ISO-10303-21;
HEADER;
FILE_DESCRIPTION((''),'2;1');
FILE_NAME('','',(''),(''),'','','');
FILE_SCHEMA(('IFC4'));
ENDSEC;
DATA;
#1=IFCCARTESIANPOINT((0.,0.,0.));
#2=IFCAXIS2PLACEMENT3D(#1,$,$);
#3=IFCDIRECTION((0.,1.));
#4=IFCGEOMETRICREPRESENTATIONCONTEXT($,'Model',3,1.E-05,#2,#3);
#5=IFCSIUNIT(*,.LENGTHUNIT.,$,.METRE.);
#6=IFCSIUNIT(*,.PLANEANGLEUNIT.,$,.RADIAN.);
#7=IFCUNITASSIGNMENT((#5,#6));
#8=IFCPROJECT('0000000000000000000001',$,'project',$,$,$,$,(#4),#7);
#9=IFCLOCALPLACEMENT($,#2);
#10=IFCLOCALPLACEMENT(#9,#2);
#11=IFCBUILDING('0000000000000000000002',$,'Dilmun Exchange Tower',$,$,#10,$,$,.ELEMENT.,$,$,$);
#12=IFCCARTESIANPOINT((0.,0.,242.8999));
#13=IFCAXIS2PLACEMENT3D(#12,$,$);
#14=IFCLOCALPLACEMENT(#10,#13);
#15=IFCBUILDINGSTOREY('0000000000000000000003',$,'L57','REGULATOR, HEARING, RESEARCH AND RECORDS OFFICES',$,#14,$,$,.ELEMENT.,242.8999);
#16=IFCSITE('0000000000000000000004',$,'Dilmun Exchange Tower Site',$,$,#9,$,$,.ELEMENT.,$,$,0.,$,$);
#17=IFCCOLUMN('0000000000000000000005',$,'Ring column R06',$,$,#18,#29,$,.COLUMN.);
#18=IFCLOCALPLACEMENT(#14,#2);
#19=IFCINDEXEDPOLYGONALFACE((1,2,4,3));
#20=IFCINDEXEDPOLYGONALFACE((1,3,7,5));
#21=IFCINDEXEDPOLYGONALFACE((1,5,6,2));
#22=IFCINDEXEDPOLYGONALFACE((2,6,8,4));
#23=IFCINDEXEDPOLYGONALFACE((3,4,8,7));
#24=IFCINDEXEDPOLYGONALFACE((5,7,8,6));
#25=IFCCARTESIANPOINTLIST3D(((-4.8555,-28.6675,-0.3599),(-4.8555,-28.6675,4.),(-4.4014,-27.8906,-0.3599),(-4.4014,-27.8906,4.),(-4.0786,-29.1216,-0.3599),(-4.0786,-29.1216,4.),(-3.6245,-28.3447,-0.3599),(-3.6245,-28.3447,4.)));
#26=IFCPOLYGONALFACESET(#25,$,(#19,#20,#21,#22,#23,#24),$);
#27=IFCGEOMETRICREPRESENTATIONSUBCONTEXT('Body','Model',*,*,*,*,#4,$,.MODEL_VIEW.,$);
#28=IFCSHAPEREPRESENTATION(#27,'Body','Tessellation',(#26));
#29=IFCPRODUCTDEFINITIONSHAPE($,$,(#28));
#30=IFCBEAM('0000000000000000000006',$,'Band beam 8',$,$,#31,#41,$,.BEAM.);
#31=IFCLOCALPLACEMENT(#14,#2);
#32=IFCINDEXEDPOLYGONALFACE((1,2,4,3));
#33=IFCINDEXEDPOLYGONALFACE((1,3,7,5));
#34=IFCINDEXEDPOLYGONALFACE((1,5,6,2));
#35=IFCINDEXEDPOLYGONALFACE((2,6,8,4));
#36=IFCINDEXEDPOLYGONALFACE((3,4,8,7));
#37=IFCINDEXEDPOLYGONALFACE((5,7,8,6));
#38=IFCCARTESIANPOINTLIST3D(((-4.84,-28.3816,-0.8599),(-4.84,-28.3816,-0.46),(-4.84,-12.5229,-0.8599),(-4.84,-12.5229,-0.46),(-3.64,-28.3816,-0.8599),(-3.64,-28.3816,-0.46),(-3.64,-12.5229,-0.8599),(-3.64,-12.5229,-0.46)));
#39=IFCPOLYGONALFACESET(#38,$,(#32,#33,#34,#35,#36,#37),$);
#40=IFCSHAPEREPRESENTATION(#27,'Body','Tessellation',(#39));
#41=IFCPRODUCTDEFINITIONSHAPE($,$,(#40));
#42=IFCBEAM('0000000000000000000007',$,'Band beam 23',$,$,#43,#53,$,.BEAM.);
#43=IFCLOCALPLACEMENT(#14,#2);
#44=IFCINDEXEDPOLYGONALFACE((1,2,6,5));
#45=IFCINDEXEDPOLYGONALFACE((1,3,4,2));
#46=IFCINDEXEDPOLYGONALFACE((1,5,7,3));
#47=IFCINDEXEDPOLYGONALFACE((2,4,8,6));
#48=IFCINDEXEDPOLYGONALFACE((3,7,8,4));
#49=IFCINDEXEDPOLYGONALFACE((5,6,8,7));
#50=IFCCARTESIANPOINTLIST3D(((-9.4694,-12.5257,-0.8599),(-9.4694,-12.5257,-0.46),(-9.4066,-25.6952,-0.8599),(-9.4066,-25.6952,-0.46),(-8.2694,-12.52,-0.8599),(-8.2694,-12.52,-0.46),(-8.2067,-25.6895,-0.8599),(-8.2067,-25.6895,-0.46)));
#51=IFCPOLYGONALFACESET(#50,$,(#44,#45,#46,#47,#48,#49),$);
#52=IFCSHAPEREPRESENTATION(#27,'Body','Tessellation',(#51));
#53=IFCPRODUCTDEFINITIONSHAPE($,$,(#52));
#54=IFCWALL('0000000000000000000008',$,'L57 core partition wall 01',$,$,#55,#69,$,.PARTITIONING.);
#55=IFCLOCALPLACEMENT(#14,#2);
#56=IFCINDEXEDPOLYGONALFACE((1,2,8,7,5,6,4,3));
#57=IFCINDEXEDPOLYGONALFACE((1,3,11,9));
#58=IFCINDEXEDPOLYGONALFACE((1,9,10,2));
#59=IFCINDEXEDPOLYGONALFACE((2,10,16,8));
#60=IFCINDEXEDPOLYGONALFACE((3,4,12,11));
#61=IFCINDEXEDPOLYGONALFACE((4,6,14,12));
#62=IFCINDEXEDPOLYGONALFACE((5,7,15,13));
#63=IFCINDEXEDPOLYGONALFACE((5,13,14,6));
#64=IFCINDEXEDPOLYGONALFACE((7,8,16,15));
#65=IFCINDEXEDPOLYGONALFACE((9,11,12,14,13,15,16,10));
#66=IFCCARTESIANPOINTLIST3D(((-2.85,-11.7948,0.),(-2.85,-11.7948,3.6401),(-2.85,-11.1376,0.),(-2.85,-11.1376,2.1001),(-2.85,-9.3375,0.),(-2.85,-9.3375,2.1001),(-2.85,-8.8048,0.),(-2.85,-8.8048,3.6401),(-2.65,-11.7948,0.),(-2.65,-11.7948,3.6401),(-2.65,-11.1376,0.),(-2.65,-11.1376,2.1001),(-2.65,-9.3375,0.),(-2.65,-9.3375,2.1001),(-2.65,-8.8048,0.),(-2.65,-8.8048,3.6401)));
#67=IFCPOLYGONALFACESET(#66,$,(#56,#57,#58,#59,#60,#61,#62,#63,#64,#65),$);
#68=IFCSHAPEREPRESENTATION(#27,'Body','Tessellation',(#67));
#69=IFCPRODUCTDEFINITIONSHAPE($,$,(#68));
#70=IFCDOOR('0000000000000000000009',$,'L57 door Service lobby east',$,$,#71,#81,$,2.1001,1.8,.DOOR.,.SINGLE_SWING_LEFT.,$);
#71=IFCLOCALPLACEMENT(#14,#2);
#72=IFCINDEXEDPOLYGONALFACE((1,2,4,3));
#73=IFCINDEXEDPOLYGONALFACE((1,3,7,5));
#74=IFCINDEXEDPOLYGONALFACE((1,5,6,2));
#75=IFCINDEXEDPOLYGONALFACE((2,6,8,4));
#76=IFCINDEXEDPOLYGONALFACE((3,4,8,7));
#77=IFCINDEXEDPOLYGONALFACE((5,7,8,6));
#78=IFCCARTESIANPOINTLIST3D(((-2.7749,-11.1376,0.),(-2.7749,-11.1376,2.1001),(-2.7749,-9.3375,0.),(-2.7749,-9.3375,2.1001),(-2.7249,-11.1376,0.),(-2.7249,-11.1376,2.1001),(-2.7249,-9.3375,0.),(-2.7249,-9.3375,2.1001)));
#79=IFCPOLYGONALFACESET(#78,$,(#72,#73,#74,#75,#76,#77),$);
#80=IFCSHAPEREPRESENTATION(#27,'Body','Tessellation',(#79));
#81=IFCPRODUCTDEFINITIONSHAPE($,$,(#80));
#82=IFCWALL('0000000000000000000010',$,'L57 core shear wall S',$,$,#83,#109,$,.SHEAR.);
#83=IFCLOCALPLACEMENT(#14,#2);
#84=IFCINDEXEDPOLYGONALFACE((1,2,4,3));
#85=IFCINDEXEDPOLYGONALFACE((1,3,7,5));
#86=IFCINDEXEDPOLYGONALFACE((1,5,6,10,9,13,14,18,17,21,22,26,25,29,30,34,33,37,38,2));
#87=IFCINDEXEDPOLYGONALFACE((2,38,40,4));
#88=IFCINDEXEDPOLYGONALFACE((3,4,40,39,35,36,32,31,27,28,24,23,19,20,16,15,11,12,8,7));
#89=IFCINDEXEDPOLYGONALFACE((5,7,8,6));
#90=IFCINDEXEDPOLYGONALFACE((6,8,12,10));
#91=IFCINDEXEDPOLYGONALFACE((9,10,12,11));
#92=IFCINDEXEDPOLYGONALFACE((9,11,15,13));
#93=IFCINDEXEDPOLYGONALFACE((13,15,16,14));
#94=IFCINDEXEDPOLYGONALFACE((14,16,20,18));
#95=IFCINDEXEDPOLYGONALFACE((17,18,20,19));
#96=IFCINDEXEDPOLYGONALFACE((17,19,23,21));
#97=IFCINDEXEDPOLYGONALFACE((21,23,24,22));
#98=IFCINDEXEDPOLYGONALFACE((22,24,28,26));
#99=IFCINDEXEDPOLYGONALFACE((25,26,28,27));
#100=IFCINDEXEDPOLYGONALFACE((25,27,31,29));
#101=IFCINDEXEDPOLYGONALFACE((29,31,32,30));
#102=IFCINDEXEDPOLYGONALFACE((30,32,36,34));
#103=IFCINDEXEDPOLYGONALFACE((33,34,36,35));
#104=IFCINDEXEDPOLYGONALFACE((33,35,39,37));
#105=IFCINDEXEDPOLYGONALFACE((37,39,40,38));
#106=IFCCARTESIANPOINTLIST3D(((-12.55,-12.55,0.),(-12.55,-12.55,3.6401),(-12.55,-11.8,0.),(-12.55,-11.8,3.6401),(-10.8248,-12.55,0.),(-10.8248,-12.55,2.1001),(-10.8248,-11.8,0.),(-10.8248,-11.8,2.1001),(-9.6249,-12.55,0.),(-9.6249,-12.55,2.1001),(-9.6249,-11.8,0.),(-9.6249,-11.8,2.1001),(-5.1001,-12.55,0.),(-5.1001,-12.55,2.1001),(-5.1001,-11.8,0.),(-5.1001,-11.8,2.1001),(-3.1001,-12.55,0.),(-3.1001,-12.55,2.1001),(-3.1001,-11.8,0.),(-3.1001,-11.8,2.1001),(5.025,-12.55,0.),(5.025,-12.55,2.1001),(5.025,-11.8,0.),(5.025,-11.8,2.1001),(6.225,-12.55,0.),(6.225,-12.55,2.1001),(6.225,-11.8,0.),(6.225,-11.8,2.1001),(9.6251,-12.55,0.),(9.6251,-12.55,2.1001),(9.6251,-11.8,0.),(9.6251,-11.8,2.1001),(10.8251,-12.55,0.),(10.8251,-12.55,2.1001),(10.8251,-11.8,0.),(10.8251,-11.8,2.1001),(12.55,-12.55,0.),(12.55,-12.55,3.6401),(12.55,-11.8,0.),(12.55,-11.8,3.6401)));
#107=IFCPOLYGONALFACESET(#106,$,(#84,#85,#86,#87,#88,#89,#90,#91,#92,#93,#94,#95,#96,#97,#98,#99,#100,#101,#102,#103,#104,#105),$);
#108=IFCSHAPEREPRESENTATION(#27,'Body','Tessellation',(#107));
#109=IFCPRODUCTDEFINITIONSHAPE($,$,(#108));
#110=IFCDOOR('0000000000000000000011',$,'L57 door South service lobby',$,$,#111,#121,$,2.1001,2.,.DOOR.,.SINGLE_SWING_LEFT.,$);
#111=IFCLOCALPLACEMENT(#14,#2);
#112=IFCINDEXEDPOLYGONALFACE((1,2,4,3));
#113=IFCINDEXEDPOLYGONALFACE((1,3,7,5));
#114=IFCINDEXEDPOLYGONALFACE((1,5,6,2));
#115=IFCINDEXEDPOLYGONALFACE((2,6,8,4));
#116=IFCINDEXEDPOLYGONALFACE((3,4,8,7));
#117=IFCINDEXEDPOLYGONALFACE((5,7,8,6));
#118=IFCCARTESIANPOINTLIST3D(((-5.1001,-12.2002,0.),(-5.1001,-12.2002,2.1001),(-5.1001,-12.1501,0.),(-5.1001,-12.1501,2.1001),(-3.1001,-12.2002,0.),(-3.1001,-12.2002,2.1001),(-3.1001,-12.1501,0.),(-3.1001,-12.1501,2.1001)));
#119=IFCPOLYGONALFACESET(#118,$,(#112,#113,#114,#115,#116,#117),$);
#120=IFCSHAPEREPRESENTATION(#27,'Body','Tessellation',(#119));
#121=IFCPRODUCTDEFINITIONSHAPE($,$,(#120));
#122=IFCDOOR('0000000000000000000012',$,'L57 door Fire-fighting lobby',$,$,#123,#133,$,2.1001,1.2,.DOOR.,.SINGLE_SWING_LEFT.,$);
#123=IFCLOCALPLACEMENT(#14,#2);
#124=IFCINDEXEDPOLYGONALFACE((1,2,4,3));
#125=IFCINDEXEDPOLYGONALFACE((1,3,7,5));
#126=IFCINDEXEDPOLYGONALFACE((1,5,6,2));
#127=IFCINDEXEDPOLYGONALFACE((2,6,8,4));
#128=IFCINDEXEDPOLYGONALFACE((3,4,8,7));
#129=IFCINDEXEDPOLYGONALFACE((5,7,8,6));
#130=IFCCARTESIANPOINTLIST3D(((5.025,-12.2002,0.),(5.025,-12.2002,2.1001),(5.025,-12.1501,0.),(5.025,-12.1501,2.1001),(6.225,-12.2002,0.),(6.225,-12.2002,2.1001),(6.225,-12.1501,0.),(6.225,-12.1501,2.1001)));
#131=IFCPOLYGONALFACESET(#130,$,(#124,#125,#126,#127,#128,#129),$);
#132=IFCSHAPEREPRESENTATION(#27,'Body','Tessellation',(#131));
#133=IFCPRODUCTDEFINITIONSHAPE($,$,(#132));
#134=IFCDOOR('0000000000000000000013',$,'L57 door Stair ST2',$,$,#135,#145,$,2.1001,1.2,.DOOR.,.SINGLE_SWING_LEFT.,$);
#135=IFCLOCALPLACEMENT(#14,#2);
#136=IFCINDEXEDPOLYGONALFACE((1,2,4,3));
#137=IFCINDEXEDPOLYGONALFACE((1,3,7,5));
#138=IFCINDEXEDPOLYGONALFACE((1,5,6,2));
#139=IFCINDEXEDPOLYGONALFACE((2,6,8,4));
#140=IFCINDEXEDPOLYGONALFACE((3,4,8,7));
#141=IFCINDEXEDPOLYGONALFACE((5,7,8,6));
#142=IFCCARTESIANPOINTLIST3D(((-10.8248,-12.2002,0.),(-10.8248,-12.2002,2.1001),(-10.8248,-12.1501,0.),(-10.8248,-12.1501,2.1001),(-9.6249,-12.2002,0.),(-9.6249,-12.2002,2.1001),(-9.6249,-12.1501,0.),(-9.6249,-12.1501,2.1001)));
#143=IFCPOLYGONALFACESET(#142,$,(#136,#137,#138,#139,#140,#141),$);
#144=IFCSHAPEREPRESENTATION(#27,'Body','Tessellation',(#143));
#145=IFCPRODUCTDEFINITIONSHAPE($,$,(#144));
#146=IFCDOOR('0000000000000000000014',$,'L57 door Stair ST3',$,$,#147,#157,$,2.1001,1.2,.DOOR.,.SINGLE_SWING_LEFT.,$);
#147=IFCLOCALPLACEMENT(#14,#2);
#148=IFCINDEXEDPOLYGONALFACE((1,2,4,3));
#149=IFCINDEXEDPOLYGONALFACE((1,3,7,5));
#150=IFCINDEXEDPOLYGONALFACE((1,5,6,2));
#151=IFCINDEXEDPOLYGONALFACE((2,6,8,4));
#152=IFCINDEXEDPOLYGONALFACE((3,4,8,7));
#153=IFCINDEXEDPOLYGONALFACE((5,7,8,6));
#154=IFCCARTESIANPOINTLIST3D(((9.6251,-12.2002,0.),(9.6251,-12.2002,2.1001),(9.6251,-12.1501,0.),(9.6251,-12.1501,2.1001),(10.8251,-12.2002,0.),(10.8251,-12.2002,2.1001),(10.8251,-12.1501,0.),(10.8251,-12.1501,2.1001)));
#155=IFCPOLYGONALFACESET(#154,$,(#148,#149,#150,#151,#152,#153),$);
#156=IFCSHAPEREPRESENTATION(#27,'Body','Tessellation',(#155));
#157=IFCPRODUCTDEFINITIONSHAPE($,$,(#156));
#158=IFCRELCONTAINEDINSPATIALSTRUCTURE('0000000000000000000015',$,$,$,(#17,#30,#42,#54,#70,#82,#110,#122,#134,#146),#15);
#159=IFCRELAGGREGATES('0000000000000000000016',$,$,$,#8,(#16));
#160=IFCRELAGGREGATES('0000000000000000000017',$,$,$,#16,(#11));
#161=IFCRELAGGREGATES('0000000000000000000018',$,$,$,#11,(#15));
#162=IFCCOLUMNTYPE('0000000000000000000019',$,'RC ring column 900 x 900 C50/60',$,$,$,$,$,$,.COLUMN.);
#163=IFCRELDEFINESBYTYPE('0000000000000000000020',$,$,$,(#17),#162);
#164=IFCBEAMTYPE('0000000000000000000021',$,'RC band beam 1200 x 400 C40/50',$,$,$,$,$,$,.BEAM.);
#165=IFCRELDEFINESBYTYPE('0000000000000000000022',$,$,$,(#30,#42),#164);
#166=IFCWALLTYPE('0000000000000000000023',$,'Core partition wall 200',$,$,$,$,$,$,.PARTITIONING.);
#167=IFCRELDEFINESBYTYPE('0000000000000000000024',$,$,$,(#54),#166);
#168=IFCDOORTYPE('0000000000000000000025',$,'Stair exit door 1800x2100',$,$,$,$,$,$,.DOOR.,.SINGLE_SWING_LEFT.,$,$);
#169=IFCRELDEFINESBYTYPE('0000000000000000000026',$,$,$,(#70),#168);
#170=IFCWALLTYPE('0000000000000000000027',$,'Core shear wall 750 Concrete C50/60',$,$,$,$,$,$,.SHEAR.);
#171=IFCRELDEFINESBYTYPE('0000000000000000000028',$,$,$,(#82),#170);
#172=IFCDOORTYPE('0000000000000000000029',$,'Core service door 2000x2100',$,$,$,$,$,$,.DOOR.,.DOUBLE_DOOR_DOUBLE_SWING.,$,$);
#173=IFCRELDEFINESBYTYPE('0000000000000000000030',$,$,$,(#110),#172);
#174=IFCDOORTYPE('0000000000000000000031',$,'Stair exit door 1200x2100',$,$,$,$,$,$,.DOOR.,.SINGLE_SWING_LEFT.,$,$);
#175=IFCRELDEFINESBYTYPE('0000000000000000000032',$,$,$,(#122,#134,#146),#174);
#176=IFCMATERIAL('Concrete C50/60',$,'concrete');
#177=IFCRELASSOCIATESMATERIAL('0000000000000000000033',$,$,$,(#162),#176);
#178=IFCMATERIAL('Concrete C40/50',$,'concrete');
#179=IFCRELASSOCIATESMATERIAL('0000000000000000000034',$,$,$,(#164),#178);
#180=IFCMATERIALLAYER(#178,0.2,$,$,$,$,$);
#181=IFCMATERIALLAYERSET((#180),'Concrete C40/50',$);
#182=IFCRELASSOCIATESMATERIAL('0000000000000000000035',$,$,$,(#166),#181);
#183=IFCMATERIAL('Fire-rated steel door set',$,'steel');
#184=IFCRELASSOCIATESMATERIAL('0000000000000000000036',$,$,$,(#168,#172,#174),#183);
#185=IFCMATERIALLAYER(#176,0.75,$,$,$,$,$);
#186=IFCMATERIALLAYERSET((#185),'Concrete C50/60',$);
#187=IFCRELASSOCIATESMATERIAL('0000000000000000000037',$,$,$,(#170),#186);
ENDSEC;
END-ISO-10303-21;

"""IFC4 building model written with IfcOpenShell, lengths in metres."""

from ifc_helpers import new_model, si_unit, direction, frame, frame_2d, origin, origin_2d, place, context, subcontext, project, spatial, rectangle, extrude, material, layer, layer_set, material_profile, profile_set, type_object, element, fill, save


model = new_model("IFC4")

# Units and contexts
model_context = context("Model", 3, precision=1e-05, world=origin(), true_north=direction((0.0, 1.0)))
body_context = subcontext(model_context, "Body", "Model", "MODEL_VIEW")
ifc_project = project(units=[si_unit("LENGTHUNIT", "METRE"), si_unit("PLANEANGLEUNIT", "RADIAN")], contexts=[model_context])

# Site, building, storey
site_placement = place(None, origin())
site = spatial("IfcSite", under=ifc_project, at=site_placement, Name="Dilmun Exchange Tower Site", CompositionType="ELEMENT", RefElevation=0.0)
building_placement = place(site_placement, origin())
building = spatial("IfcBuilding", under=site, at=building_placement, Name="Dilmun Exchange Tower", CompositionType="ELEMENT")
storey_placement = place(building_placement, frame((0.0, 0.0, 242.8999)))
storey = spatial("IfcBuildingStorey", under=building, at=storey_placement, Name="L57", Description="REGULATOR, HEARING, RESEARCH AND RECORDS OFFICES", CompositionType="ELEMENT", Elevation=242.8999)

# Column
ifc_material_1 = material(Name="Concrete C50/60", Category="concrete")
ifc_material_profile_1 = material_profile(ifc_material_1, rectangle(XDim=0.8999, YDim=0.8999, at=origin_2d()), Name="900 x 900")
ifc_profile_set_1 = profile_set([ifc_material_profile_1], Name="Concrete C50/60")
column_type = type_object("IfcColumnType", Name="RC ring column 900 x 900 C50/60", PredefinedType="COLUMN", material=ifc_profile_set_1)
column_placement = place(storey_placement, frame((-4.24, -28.5061, -0.3599), z_axis=(0.0, 0.0, 1.0), x_axis=(0.504644, 0.863328, 0.0)))
element("IfcColumn", 1, at=column_placement, inside=storey, type_object=column_type, Name="Ring column R06", PredefinedType="COLUMN", context=body_context, shape_type="SweptSolid", body=[
    extrude(rectangle(XDim=0.8999, YDim=0.8999, at=origin_2d()), origin(), (0.0, 0.0, 1.0), 4.3599),
])

# Beams
ifc_material_2 = material(Name="Concrete C40/50", Category="concrete")
ifc_material_profile_2 = material_profile(ifc_material_2, rectangle(XDim=1.2, YDim=0.3999, at=origin_2d()), Name="1200 x 400")
ifc_profile_set_2 = profile_set([ifc_material_profile_2], Name="Concrete C40/50")
beam_type = type_object("IfcBeamType", Name="RC band beam 1200 x 400 C40/50", PredefinedType="BEAM", material=ifc_profile_set_2)
beam_1_placement = place(storey_placement, frame((-4.24, -28.3816, -0.6599), z_axis=(0.0, 1.0, 0.0), x_axis=(-1.0, 0.0, 0.0)))
element("IfcBeam", 2, at=beam_1_placement, inside=storey, type_object=beam_type, Name="Band beam 8", PredefinedType="BEAM", context=body_context, shape_type="SweptSolid", body=[
    extrude(rectangle(XDim=1.2, YDim=0.3999, at=origin_2d()), origin(), (0.0, 0.0, 1.0), 15.8586),
])
beam_2_placement = place(storey_placement, frame((-8.8066, -25.6924, -0.6599), z_axis=(-0.004764, 0.999989, 0.0), x_axis=(-0.999989, -0.004764, 0.0)))
element("IfcBeam", 3, at=beam_2_placement, inside=storey, type_object=beam_type, Name="Band beam 23", PredefinedType="BEAM", context=body_context, shape_type="SweptSolid", body=[
    extrude(rectangle(XDim=1.2, YDim=0.3999, at=origin_2d()), origin(), (0.0, 0.0, 1.0), 13.1697),
])

# Wall, opening, door
ifc_layer_1 = layer(ifc_material_2, 0.2)
ifc_layer_set_1 = layer_set([ifc_layer_1], Name="Concrete C40/50")
wall_type_1 = type_object("IfcWallType", Name="Core partition wall 200", PredefinedType="PARTITIONING", material=ifc_layer_set_1)
wall_1_placement = place(storey_placement, frame((-2.75, -11.7949, 0.0), z_axis=(0.0, 0.0, 1.0), x_axis=(0.0, 1.0, 0.0)))
wall_1 = element("IfcWall", 4, at=wall_1_placement, inside=storey, type_object=wall_type_1, Name="L57 core partition wall 01", PredefinedType="PARTITIONING", context=body_context, shape_type="SweptSolid", body=[
    extrude(rectangle(XDim=2.99, YDim=0.2, at=frame_2d((1.4951, 0.0))), origin(), (0.0, 0.0, 1.0), 3.6401),
])
opening_1_placement = place(wall_1_placement, frame((0.6575, 0.0, 0.0)))
opening_1 = element("IfcOpeningElement", 5, at=opening_1_placement, cuts=wall_1, PredefinedType="OPENING", context=body_context, shape_type="SweptSolid", body=[
    extrude(rectangle(XDim=1.8, YDim=2.1001, at=frame_2d((0.8999, 1.05))), frame((0.0, 0.1099, 0.0), z_axis=(0.0, -1.0, 0.0), x_axis=(1.0, 0.0, 0.0)), (0.0, 0.0, 1.0), 0.22),
])
ifc_material_3 = material(Name="Fire-rated steel door set", Category="steel")
door_type_1 = type_object("IfcDoorType", Name="Stair exit door 1800x2100", OperationType="SINGLE_SWING_LEFT", PredefinedType="DOOR", material=ifc_material_3)
door_1_placement = place(opening_1_placement, origin())
door_1 = element("IfcDoor", 6, at=door_1_placement, inside=storey, type_object=door_type_1, Name="L57 door Service lobby east", OperationType="SINGLE_SWING_LEFT", OverallHeight=2.1001, OverallWidth=1.8, PredefinedType="DOOR", context=body_context, shape_type="SweptSolid", body=[
    extrude(rectangle(XDim=1.8, YDim=2.1001, at=frame_2d((0.8999, 1.05))), frame((0.0, 0.0249, 0.0), z_axis=(0.0, -1.0, 0.0), x_axis=(1.0, 0.0, 0.0)), (0.0, 0.0, 1.0), 0.05),
])
fill(opening_1, door_1)

# Wall, openings, doors
ifc_layer_2 = layer(ifc_material_1, 0.75)
ifc_layer_set_2 = layer_set([ifc_layer_2], Name="Concrete C50/60")
wall_type_2 = type_object("IfcWallType", Name="Core shear wall 750 Concrete C50/60", PredefinedType="SHEAR", material=ifc_layer_set_2)
wall_2_placement = place(storey_placement, frame((-12.55, -12.175, 0.0), z_axis=(0.0, 0.0, 1.0), x_axis=(1.0, 0.0, 0.0)))
wall_2 = element("IfcWall", 7, at=wall_2_placement, inside=storey, type_object=wall_type_2, Name="L57 core shear wall S", PredefinedType="SHEAR", context=body_context, shape_type="SweptSolid", body=[
    extrude(rectangle(XDim=25.1001, YDim=0.75, at=frame_2d((12.55, 0.0))), origin(), (0.0, 0.0, 1.0), 3.6401),
])
opening_2_placement = place(wall_2_placement, frame((7.45, 0.0, 0.0)))
opening_2 = element("IfcOpeningElement", 8, at=opening_2_placement, cuts=wall_2, PredefinedType="OPENING", context=body_context, shape_type="SweptSolid", body=[
    extrude(rectangle(XDim=2.0, YDim=2.1001, at=frame_2d((1.0, 1.05))), frame((0.0, 0.385, 0.0), z_axis=(0.0, -1.0, 0.0), x_axis=(1.0, 0.0, 0.0)), (0.0, 0.0, 1.0), 0.77),
])
opening_3_placement = place(wall_2_placement, frame((17.575, 0.0, 0.0)))
opening_3 = element("IfcOpeningElement", 9, at=opening_3_placement, cuts=wall_2, PredefinedType="OPENING", context=body_context, shape_type="SweptSolid", body=[
    extrude(rectangle(XDim=1.2, YDim=2.1001, at=frame_2d((0.6001, 1.05))), frame((0.0, 0.385, 0.0), z_axis=(0.0, -1.0, 0.0), x_axis=(1.0, 0.0, 0.0)), (0.0, 0.0, 1.0), 0.77),
])
opening_4_placement = place(wall_2_placement, frame((1.7251, 0.0, 0.0)))
opening_4 = element("IfcOpeningElement", 10, at=opening_4_placement, cuts=wall_2, PredefinedType="OPENING", context=body_context, shape_type="SweptSolid", body=[
    extrude(rectangle(XDim=1.2, YDim=2.1001, at=frame_2d((0.6001, 1.05))), frame((0.0, 0.385, 0.0), z_axis=(0.0, -1.0, 0.0), x_axis=(1.0, 0.0, 0.0)), (0.0, 0.0, 1.0), 0.77),
])
opening_5_placement = place(wall_2_placement, frame((22.175, 0.0, 0.0)))
opening_5 = element("IfcOpeningElement", 11, at=opening_5_placement, cuts=wall_2, PredefinedType="OPENING", context=body_context, shape_type="SweptSolid", body=[
    extrude(rectangle(XDim=1.2, YDim=2.1001, at=frame_2d((0.6001, 1.05))), frame((0.0, 0.385, 0.0), z_axis=(0.0, -1.0, 0.0), x_axis=(1.0, 0.0, 0.0)), (0.0, 0.0, 1.0), 0.77),
])
door_type_2 = type_object("IfcDoorType", Name="Core service door 2000x2100", OperationType="DOUBLE_DOOR_DOUBLE_SWING", PredefinedType="DOOR", material=ifc_material_3)
door_2_placement = place(opening_2_placement, origin())
door_2 = element("IfcDoor", 12, at=door_2_placement, inside=storey, type_object=door_type_2, Name="L57 door South service lobby", OperationType="SINGLE_SWING_LEFT", OverallHeight=2.1001, OverallWidth=2.0, PredefinedType="DOOR", context=body_context, shape_type="SweptSolid", body=[
    extrude(rectangle(XDim=2.0, YDim=2.1001, at=frame_2d((1.0, 1.05))), frame((0.0, 0.0249, 0.0), z_axis=(0.0, -1.0, 0.0), x_axis=(1.0, 0.0, 0.0)), (0.0, 0.0, 1.0), 0.05),
])
fill(opening_2, door_2)
door_type_3 = type_object("IfcDoorType", Name="Stair exit door 1200x2100", OperationType="SINGLE_SWING_LEFT", PredefinedType="DOOR", material=ifc_material_3)
door_3_placement = place(opening_3_placement, origin())
door_3 = element("IfcDoor", 13, at=door_3_placement, inside=storey, type_object=door_type_3, Name="L57 door Fire-fighting lobby", OperationType="SINGLE_SWING_LEFT", OverallHeight=2.1001, OverallWidth=1.2, PredefinedType="DOOR", context=body_context, shape_type="SweptSolid", body=[
    extrude(rectangle(XDim=1.2, YDim=2.1001, at=frame_2d((0.6001, 1.05))), frame((0.0, 0.0249, 0.0), z_axis=(0.0, -1.0, 0.0), x_axis=(1.0, 0.0, 0.0)), (0.0, 0.0, 1.0), 0.05),
])
fill(opening_3, door_3)
door_4_placement = place(opening_4_placement, origin())
door_4 = element("IfcDoor", 14, at=door_4_placement, inside=storey, type_object=door_type_3, Name="L57 door Stair ST2", OperationType="SINGLE_SWING_LEFT", OverallHeight=2.1001, OverallWidth=1.2, PredefinedType="DOOR", context=body_context, shape_type="SweptSolid", body=[
    extrude(rectangle(XDim=1.2, YDim=2.1001, at=frame_2d((0.6001, 1.05))), frame((0.0, 0.0249, 0.0), z_axis=(0.0, -1.0, 0.0), x_axis=(1.0, 0.0, 0.0)), (0.0, 0.0, 1.0), 0.05),
])
fill(opening_4, door_4)
door_5_placement = place(opening_5_placement, origin())
door_5 = element("IfcDoor", 15, at=door_5_placement, inside=storey, type_object=door_type_3, Name="L57 door Stair ST3", OperationType="SINGLE_SWING_LEFT", OverallHeight=2.1001, OverallWidth=1.2, PredefinedType="DOOR", context=body_context, shape_type="SweptSolid", body=[
    extrude(rectangle(XDim=1.2, YDim=2.1001, at=frame_2d((0.6001, 1.05))), frame((0.0, 0.0249, 0.0), z_axis=(0.0, -1.0, 0.0), x_axis=(1.0, 0.0, 0.0)), (0.0, 0.0, 1.0), 0.05),
])
fill(opening_5, door_5)

save(model, "model.ifc")
